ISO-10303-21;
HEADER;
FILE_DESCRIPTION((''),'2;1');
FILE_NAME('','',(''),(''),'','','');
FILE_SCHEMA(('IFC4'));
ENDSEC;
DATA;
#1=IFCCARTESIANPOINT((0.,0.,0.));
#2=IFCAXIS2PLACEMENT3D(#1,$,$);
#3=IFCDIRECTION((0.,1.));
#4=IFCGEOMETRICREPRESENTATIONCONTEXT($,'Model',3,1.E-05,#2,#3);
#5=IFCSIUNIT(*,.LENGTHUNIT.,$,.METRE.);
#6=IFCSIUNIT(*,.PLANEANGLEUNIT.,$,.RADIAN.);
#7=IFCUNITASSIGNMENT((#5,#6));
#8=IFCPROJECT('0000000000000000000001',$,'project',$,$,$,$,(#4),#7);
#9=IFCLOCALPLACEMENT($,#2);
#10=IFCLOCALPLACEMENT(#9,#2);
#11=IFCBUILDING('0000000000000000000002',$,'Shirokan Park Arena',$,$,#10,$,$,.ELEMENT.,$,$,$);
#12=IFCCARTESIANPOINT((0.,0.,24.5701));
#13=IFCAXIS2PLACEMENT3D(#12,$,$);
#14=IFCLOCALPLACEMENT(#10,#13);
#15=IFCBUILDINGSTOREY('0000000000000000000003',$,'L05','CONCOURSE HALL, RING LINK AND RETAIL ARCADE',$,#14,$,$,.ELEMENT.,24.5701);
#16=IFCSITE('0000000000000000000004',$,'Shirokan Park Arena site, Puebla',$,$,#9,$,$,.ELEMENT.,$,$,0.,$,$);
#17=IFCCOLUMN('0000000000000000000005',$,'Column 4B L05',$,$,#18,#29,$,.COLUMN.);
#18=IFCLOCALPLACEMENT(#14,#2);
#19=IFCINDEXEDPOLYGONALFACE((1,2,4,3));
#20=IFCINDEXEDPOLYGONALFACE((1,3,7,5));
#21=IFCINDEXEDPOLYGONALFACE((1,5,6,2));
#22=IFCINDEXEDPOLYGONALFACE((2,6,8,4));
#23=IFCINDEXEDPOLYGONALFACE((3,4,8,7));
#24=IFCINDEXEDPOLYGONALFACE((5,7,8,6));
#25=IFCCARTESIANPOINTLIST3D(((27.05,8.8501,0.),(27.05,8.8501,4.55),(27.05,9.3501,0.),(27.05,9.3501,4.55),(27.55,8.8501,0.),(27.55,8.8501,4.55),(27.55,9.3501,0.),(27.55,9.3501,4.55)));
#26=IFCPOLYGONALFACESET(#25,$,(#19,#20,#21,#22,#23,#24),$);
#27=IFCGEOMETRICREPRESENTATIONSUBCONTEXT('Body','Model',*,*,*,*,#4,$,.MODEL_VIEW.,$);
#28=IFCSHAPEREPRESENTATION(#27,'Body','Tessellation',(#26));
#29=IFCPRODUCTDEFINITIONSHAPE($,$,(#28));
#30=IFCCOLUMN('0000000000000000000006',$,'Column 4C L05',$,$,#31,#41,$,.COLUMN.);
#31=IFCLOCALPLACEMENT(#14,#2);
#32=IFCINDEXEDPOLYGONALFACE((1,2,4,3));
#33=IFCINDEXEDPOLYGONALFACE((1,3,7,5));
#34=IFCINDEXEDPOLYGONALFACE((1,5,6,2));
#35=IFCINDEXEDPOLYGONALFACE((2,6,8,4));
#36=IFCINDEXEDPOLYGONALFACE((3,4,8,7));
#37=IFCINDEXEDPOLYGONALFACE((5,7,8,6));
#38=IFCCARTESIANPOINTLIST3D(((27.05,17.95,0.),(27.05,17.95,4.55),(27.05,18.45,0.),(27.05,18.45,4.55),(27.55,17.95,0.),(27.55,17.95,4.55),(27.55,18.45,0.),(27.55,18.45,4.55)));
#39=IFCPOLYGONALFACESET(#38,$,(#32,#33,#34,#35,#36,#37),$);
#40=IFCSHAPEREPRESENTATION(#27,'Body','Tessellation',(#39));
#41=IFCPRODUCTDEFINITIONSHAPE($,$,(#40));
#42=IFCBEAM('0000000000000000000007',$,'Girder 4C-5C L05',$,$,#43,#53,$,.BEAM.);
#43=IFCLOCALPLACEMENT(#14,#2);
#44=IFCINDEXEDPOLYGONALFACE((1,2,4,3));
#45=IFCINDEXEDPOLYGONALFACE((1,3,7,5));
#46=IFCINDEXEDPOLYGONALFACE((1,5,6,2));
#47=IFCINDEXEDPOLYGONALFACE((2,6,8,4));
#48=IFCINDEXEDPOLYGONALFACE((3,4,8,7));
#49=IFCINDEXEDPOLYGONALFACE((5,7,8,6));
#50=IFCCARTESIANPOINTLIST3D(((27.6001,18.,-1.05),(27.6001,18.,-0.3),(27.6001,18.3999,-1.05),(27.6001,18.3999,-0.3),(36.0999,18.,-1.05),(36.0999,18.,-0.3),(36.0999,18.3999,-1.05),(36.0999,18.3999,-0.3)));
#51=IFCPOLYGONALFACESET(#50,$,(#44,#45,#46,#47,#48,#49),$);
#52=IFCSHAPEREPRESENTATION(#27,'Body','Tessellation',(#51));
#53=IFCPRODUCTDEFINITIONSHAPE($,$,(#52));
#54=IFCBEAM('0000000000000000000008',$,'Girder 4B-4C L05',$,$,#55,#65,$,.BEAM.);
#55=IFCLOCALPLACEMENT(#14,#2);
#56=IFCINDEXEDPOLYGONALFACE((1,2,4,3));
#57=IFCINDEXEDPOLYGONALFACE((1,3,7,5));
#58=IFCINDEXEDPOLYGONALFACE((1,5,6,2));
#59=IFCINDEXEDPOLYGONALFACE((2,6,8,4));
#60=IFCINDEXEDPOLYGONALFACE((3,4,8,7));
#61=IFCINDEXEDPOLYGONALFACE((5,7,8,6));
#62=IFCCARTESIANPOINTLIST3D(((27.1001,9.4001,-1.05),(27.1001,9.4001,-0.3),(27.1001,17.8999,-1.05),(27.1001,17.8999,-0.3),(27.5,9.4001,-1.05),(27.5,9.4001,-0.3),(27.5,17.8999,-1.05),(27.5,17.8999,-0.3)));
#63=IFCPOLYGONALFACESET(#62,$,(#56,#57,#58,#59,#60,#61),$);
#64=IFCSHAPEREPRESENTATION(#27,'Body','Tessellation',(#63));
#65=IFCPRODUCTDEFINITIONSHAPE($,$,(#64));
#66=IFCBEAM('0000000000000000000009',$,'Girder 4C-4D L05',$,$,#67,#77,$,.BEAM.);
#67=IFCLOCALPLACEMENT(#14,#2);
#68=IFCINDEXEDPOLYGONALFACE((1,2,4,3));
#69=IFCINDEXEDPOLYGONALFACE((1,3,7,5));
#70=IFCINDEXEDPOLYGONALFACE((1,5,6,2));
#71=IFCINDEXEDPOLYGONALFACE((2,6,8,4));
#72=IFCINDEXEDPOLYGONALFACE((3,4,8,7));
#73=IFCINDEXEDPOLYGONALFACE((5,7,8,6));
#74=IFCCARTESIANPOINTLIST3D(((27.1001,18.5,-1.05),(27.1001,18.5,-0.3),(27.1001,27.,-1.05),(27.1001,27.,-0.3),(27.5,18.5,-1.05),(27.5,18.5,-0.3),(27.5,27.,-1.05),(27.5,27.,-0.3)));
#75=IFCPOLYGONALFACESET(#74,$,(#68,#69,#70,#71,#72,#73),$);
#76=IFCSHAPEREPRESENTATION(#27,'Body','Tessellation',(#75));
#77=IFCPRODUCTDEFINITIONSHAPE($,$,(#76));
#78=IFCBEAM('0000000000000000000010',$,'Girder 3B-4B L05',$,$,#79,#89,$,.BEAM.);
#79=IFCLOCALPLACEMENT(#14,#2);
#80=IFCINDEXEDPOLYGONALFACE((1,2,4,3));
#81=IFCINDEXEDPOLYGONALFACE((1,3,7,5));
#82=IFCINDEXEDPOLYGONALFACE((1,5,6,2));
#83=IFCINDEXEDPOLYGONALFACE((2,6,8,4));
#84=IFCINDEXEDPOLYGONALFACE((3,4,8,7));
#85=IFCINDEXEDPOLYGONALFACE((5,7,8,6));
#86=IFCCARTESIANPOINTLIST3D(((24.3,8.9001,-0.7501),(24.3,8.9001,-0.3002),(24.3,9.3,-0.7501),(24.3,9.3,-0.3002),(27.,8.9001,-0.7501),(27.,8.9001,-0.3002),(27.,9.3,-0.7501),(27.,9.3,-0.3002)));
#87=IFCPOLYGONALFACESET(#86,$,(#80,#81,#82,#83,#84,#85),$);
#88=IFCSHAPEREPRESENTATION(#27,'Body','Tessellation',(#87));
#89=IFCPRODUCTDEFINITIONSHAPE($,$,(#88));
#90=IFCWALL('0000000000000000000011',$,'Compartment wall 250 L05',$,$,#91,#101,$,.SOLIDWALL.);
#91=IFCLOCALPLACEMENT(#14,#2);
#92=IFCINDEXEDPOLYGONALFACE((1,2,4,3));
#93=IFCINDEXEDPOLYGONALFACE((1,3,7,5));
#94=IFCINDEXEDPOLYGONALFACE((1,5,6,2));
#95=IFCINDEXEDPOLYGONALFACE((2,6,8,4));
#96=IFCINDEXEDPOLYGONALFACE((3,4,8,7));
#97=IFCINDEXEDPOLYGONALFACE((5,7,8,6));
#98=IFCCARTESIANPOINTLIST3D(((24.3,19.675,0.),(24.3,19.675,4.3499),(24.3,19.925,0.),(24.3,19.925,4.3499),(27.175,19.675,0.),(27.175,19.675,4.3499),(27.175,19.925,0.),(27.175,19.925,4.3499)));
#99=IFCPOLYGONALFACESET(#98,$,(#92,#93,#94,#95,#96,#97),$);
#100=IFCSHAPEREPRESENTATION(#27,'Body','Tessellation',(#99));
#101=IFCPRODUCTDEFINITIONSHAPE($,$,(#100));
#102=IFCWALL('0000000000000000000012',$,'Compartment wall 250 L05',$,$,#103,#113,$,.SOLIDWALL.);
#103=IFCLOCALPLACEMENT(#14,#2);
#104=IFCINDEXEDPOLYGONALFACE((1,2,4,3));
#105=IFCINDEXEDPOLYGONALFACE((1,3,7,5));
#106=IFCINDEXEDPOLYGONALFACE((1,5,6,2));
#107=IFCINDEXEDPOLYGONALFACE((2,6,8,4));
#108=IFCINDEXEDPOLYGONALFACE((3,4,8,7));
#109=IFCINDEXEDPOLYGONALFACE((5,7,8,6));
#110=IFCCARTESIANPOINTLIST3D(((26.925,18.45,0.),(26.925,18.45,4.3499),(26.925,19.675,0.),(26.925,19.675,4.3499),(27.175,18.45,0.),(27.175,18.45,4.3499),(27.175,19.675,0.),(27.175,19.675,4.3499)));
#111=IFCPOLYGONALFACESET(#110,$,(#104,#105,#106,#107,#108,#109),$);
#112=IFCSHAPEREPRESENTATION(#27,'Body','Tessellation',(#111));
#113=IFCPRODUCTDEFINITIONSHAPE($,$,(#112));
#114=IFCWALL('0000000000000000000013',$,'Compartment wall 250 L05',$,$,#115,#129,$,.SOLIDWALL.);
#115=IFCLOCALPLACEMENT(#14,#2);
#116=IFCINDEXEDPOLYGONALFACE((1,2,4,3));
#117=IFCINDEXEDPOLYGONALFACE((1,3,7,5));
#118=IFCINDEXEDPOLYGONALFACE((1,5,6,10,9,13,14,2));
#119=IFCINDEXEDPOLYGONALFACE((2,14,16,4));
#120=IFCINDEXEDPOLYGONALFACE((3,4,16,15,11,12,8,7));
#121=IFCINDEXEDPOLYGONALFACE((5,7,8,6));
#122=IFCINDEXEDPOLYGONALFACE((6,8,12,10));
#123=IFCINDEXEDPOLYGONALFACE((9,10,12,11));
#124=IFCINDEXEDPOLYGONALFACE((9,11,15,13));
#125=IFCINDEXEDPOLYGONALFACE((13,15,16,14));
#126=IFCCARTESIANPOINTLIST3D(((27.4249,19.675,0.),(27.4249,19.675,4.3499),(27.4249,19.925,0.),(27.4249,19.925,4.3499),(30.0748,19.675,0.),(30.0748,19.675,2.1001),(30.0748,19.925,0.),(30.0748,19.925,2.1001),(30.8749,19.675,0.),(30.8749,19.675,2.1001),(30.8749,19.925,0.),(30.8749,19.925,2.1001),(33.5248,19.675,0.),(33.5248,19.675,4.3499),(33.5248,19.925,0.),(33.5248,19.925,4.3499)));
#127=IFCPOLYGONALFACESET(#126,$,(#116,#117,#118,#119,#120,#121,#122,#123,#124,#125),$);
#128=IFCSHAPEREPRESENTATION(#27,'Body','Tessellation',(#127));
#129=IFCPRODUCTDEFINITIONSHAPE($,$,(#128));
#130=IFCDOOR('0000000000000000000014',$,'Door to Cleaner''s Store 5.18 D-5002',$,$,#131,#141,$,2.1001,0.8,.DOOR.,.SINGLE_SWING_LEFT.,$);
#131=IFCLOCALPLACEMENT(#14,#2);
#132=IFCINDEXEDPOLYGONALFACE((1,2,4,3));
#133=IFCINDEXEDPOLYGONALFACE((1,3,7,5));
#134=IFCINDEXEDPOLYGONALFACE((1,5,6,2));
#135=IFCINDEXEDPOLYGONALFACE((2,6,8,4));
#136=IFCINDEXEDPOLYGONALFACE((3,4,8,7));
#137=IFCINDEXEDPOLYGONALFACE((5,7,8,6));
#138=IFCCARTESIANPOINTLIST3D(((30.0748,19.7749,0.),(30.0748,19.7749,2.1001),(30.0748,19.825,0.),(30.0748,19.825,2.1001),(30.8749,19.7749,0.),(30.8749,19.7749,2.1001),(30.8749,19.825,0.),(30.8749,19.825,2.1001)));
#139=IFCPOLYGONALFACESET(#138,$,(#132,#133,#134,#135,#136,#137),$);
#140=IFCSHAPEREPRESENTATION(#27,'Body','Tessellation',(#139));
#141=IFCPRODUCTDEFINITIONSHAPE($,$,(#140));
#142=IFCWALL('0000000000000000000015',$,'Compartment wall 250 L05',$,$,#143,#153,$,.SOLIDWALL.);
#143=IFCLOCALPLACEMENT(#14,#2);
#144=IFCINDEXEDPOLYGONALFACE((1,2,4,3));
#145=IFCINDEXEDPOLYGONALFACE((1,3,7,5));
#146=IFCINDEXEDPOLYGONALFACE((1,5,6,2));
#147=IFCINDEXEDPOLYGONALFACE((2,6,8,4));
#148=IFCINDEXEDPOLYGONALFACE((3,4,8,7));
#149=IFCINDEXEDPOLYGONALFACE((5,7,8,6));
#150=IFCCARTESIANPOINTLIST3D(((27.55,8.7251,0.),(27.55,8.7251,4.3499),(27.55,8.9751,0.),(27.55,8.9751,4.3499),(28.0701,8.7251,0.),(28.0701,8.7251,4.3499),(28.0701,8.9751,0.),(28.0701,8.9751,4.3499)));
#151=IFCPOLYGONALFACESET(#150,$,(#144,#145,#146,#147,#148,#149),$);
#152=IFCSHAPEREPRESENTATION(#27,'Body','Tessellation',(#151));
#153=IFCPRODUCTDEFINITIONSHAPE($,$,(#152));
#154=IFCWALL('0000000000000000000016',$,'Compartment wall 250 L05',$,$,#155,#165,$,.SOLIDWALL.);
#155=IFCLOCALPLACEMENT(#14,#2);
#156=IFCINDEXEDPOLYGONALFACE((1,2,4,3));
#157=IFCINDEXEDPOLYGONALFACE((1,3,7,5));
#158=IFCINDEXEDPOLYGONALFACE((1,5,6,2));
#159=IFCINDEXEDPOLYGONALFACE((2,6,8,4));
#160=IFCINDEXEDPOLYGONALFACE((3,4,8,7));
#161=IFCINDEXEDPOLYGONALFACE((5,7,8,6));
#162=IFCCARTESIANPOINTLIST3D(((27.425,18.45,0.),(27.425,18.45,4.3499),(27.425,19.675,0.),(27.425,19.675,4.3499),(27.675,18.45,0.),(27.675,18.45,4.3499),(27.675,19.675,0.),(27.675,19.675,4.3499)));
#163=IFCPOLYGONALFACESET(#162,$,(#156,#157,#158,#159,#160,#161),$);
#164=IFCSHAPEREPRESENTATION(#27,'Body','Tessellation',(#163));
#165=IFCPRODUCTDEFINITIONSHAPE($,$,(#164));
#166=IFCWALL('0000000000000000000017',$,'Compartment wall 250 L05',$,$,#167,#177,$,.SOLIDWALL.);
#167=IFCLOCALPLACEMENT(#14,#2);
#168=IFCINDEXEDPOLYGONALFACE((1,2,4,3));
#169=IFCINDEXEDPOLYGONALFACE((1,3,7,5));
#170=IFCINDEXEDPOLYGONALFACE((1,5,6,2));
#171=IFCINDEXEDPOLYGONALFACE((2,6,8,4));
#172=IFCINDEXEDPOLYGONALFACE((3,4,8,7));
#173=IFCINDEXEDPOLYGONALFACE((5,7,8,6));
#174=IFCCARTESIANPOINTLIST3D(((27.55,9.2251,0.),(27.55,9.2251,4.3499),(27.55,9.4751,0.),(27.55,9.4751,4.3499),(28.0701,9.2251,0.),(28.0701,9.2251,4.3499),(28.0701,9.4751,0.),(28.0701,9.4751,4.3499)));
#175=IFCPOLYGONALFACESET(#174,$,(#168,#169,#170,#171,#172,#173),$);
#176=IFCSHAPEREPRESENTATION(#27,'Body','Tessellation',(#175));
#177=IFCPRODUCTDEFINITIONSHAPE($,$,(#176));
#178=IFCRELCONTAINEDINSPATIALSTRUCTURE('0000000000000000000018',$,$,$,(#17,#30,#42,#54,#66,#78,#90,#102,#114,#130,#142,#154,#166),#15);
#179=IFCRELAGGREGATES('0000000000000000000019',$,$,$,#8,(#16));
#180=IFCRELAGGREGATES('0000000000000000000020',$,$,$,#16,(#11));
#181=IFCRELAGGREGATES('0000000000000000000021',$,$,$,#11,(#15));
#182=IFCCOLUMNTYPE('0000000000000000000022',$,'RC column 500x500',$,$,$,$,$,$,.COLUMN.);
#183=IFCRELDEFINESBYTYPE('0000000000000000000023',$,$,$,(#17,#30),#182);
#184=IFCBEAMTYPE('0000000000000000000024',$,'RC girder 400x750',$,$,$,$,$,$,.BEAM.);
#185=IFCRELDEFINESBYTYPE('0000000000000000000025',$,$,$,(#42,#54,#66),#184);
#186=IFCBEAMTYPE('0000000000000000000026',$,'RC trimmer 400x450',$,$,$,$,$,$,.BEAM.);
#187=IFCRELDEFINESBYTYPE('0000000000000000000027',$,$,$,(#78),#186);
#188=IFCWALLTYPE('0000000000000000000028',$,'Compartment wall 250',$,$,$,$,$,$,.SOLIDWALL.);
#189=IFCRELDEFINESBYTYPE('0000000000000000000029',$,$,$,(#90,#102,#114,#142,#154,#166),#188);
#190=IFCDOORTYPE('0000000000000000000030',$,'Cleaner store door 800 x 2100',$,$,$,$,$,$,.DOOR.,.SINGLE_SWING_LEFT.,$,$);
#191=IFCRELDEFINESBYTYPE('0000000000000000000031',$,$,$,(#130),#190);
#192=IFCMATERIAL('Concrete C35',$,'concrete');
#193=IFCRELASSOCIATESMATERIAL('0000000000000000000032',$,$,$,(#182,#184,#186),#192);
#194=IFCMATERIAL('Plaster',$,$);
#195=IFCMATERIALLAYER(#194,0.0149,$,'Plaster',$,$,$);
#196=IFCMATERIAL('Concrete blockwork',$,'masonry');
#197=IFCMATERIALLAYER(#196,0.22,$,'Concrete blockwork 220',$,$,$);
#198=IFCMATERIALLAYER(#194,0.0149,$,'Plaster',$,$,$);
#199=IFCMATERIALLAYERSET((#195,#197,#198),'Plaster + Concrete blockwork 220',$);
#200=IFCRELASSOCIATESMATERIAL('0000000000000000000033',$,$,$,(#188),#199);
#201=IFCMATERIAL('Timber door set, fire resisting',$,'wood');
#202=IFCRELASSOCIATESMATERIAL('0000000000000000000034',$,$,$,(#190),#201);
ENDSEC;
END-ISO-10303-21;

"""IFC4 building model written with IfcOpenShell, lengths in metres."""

from ifc_helpers import new_model, si_unit, direction, frame, frame_2d, origin, origin_2d, place, context, subcontext, project, spatial, rectangle, extrude, material, layer, layer_set, material_profile, profile_set, type_object, element, fill, save


model = new_model("IFC4")

# Units and contexts
model_context = context("Model", 3, precision=1e-05, world=origin(), true_north=direction((0.0, 1.0)))
body_context = subcontext(model_context, "Body", "Model", "MODEL_VIEW")
ifc_project = project(units=[si_unit("LENGTHUNIT", "METRE"), si_unit("PLANEANGLEUNIT", "RADIAN")], contexts=[model_context])

# Site, building, storey
site_placement = place(None, origin())
site = spatial("IfcSite", under=ifc_project, at=site_placement, Name="Shirokan Park Arena site, Puebla", CompositionType="ELEMENT", RefElevation=0.0)
building_placement = place(site_placement, origin())
building = spatial("IfcBuilding", under=site, at=building_placement, Name="Shirokan Park Arena", CompositionType="ELEMENT")
storey_placement = place(building_placement, frame((0.0, 0.0, 24.5701)))
storey = spatial("IfcBuildingStorey", under=building, at=storey_placement, Name="L05", Description="CONCOURSE HALL, RING LINK AND RETAIL ARCADE", CompositionType="ELEMENT", Elevation=24.5701)

# Columns
ifc_material_1 = material(Name="Concrete C35", Category="concrete")
ifc_material_profile_1 = material_profile(ifc_material_1, rectangle(XDim=0.5, YDim=0.5, at=origin_2d()), Name="500x500")
ifc_profile_set_1 = profile_set([ifc_material_profile_1], Name="Concrete C35")
column_type = type_object("IfcColumnType", Name="RC column 500x500", PredefinedType="COLUMN", material=ifc_profile_set_1)
for number, where, z_axis, x_axis, name in (
    (1, (27.3, 9.1001, 0.0), (0.0, 0.0, 1.0), (1.0, 0.0, 0.0), "Column 4B L05"),
    (2, (27.3, 18.2, 0.0), (0.0, 0.0, 1.0), (1.0, 0.0, 0.0), "Column 4C L05"),
):
    element("IfcColumn", number, at=place(storey_placement, frame(where, z_axis=z_axis, x_axis=x_axis)), inside=storey, type_object=column_type, Name=name, PredefinedType="COLUMN", context=body_context, shape_type="SweptSolid", body=[
        extrude(rectangle(XDim=0.5, YDim=0.5, at=origin_2d()), origin(), (0.0, 0.0, 1.0), 4.55),
    ])

# Beams
ifc_material_profile_2 = material_profile(ifc_material_1, rectangle(XDim=0.3999, YDim=0.75, at=origin_2d()), Name="400x750")
ifc_profile_set_2 = profile_set([ifc_material_profile_2], Name="Concrete C35")
beam_type_1 = type_object("IfcBeamType", Name="RC girder 400x750", PredefinedType="BEAM", material=ifc_profile_set_2)
for number, where, z_axis, x_axis, name in (
    (3, (27.6001, 18.2, -0.675), (1.0, 0.0, 0.0), (0.0, 1.0, 0.0), "Girder 4C-5C L05"),
    (4, (27.3, 9.4001, -0.675), (0.0, 1.0, 0.0), (-1.0, 0.0, 0.0), "Girder 4B-4C L05"),
):
    element("IfcBeam", number, at=place(storey_placement, frame(where, z_axis=z_axis, x_axis=x_axis)), inside=storey, type_object=beam_type_1, Name=name, PredefinedType="BEAM", context=body_context, shape_type="SweptSolid", body=[
        extrude(rectangle(XDim=0.3999, YDim=0.75, at=origin_2d()), origin(), (0.0, 0.0, 1.0), 8.4998),
    ])
beam_1_placement = place(storey_placement, frame((27.3, 18.5, -0.675), z_axis=(0.0, 1.0, 0.0), x_axis=(-1.0, 0.0, 0.0)))
element("IfcBeam", 5, at=beam_1_placement, inside=storey, type_object=beam_type_1, Name="Girder 4C-4D L05", PredefinedType="BEAM", context=body_context, shape_type="SweptSolid", body=[
    extrude(rectangle(XDim=0.3999, YDim=0.75, at=origin_2d()), origin(), (0.0, 0.0, 1.0), 8.5),
])
ifc_material_profile_3 = material_profile(ifc_material_1, rectangle(XDim=0.3999, YDim=0.45, at=origin_2d()), Name="400x450")
ifc_profile_set_3 = profile_set([ifc_material_profile_3], Name="Concrete C35")
beam_type_2 = type_object("IfcBeamType", Name="RC trimmer 400x450", PredefinedType="BEAM", material=ifc_profile_set_3)
beam_2_placement = place(storey_placement, frame((24.3, 9.1001, -0.5251), z_axis=(1.0, 0.0, 0.0), x_axis=(0.0, 1.0, 0.0)))
element("IfcBeam", 6, at=beam_2_placement, inside=storey, type_object=beam_type_2, Name="Girder 3B-4B L05", PredefinedType="BEAM", context=body_context, shape_type="SweptSolid", body=[
    extrude(rectangle(XDim=0.3999, YDim=0.45, at=origin_2d()), origin(), (0.0, 0.0, 1.0), 2.7),
])

# Walls
ifc_material_2 = material(Name="Plaster")
ifc_layer_1 = layer(ifc_material_2, 0.0149, Name="Plaster")
ifc_material_3 = material(Name="Concrete blockwork", Category="masonry")
ifc_layer_2 = layer(ifc_material_3, 0.22, Name="Concrete blockwork 220")
ifc_layer_3 = layer(ifc_material_2, 0.0149, Name="Plaster")
ifc_layer_set_1 = layer_set([ifc_layer_1, ifc_layer_2, ifc_layer_3], Name="Plaster + Concrete blockwork 220")
wall_type_1 = type_object("IfcWallType", Name="Compartment wall 250", PredefinedType="SOLIDWALL", material=ifc_layer_set_1)
wall_1_placement = place(storey_placement, frame((24.3, 19.8, 0.0), z_axis=(0.0, 0.0, 1.0), x_axis=(1.0, 0.0, 0.0)))
element("IfcWall", 7, at=wall_1_placement, inside=storey, type_object=wall_type_1, Name="Compartment wall 250 L05", PredefinedType="SOLIDWALL", context=body_context, shape_type="SweptSolid", body=[
    extrude(rectangle(XDim=2.875, YDim=0.25, at=frame_2d((1.4375, 0.0))), origin(), (0.0, 0.0, 1.0), 4.3499),
])
wall_2_placement = place(storey_placement, frame((27.05, 19.675, 0.0), z_axis=(0.0, 0.0, 1.0), x_axis=(0.0, -1.0, 0.0)))
element("IfcWall", 8, at=wall_2_placement, inside=storey, type_object=wall_type_1, Name="Compartment wall 250 L05", PredefinedType="SOLIDWALL", context=body_context, shape_type="SweptSolid", body=[
    extrude(rectangle(XDim=1.2251, YDim=0.25, at=frame_2d((0.6125, 0.0))), origin(), (0.0, 0.0, 1.0), 4.3499),
])

# Wall, opening, door
wall_3_placement = place(storey_placement, frame((27.425, 19.8, 0.0), z_axis=(0.0, 0.0, 1.0), x_axis=(1.0, 0.0, 0.0)))
wall_3 = element("IfcWall", 9, at=wall_3_placement, inside=storey, type_object=wall_type_1, Name="Compartment wall 250 L05", PredefinedType="SOLIDWALL", context=body_context, shape_type="SweptSolid", body=[
    extrude(rectangle(XDim=6.0999, YDim=0.25, at=frame_2d((3.0498, 0.0))), origin(), (0.0, 0.0, 1.0), 4.3499),
])
opening_1_placement = place(wall_3_placement, frame((2.6499, 0.0, 0.0)))
opening_1 = element("IfcOpeningElement", 10, at=opening_1_placement, cuts=wall_3, PredefinedType="OPENING", context=body_context, shape_type="SweptSolid", body=[
    extrude(rectangle(XDim=0.8, YDim=2.1001, at=frame_2d((0.3999, 1.05))), frame((0.0, 0.135, 0.0), z_axis=(0.0, -1.0, 0.0), x_axis=(1.0, 0.0, 0.0)), (0.0, 0.0, 1.0), 0.27),
])
ifc_material_4 = material(Name="Timber door set, fire resisting", Category="wood")
door_type_1 = type_object("IfcDoorType", Name="Cleaner store door 800 x 2100", OperationType="SINGLE_SWING_LEFT", PredefinedType="DOOR", material=ifc_material_4)
door_1_placement = place(opening_1_placement, origin())
door_1 = element("IfcDoor", 11, at=door_1_placement, inside=storey, type_object=door_type_1, Name="Door to Cleaner's Store 5.18 D-5002", OperationType="SINGLE_SWING_LEFT", OverallHeight=2.1001, OverallWidth=0.8, PredefinedType="DOOR", context=body_context, shape_type="SweptSolid", body=[
    extrude(rectangle(XDim=0.8, YDim=2.1001, at=frame_2d((0.3999, 1.05))), frame((0.0, 0.0249, 0.0), z_axis=(0.0, -1.0, 0.0), x_axis=(1.0, 0.0, 0.0)), (0.0, 0.0, 1.0), 0.05),
])
fill(opening_1, door_1)

# Walls
wall_4_placement = place(storey_placement, frame((27.55, 8.8501, 0.0), z_axis=(0.0, 0.0, 1.0), x_axis=(1.0, 0.0, 0.0)))
element("IfcWall", 12, at=wall_4_placement, inside=storey, type_object=wall_type_1, Name="Compartment wall 250 L05", PredefinedType="SOLIDWALL", context=body_context, shape_type="SweptSolid", body=[
    extrude(rectangle(XDim=0.52, YDim=0.25, at=frame_2d((0.26, 0.0))), origin(), (0.0, 0.0, 1.0), 4.3499),
])
wall_5_placement = place(storey_placement, frame((27.55, 18.45, 0.0), z_axis=(0.0, 0.0, 1.0), x_axis=(0.0, 1.0, 0.0)))
element("IfcWall", 13, at=wall_5_placement, inside=storey, type_object=wall_type_1, Name="Compartment wall 250 L05", PredefinedType="SOLIDWALL", context=body_context, shape_type="SweptSolid", body=[
    extrude(rectangle(XDim=1.2251, YDim=0.25, at=frame_2d((0.6125, 0.0))), origin(), (0.0, 0.0, 1.0), 4.3499),
])
wall_6_placement = place(storey_placement, frame((28.0701, 9.3501, 0.0), z_axis=(0.0, 0.0, 1.0), x_axis=(-1.0, 0.0, 0.0)))
element("IfcWall", 14, at=wall_6_placement, inside=storey, type_object=wall_type_1, Name="Compartment wall 250 L05", PredefinedType="SOLIDWALL", context=body_context, shape_type="SweptSolid", body=[
    extrude(rectangle(XDim=0.52, YDim=0.25, at=frame_2d((0.26, 0.0))), origin(), (0.0, 0.0, 1.0), 4.3499),
])

save(model, "model.ifc")
